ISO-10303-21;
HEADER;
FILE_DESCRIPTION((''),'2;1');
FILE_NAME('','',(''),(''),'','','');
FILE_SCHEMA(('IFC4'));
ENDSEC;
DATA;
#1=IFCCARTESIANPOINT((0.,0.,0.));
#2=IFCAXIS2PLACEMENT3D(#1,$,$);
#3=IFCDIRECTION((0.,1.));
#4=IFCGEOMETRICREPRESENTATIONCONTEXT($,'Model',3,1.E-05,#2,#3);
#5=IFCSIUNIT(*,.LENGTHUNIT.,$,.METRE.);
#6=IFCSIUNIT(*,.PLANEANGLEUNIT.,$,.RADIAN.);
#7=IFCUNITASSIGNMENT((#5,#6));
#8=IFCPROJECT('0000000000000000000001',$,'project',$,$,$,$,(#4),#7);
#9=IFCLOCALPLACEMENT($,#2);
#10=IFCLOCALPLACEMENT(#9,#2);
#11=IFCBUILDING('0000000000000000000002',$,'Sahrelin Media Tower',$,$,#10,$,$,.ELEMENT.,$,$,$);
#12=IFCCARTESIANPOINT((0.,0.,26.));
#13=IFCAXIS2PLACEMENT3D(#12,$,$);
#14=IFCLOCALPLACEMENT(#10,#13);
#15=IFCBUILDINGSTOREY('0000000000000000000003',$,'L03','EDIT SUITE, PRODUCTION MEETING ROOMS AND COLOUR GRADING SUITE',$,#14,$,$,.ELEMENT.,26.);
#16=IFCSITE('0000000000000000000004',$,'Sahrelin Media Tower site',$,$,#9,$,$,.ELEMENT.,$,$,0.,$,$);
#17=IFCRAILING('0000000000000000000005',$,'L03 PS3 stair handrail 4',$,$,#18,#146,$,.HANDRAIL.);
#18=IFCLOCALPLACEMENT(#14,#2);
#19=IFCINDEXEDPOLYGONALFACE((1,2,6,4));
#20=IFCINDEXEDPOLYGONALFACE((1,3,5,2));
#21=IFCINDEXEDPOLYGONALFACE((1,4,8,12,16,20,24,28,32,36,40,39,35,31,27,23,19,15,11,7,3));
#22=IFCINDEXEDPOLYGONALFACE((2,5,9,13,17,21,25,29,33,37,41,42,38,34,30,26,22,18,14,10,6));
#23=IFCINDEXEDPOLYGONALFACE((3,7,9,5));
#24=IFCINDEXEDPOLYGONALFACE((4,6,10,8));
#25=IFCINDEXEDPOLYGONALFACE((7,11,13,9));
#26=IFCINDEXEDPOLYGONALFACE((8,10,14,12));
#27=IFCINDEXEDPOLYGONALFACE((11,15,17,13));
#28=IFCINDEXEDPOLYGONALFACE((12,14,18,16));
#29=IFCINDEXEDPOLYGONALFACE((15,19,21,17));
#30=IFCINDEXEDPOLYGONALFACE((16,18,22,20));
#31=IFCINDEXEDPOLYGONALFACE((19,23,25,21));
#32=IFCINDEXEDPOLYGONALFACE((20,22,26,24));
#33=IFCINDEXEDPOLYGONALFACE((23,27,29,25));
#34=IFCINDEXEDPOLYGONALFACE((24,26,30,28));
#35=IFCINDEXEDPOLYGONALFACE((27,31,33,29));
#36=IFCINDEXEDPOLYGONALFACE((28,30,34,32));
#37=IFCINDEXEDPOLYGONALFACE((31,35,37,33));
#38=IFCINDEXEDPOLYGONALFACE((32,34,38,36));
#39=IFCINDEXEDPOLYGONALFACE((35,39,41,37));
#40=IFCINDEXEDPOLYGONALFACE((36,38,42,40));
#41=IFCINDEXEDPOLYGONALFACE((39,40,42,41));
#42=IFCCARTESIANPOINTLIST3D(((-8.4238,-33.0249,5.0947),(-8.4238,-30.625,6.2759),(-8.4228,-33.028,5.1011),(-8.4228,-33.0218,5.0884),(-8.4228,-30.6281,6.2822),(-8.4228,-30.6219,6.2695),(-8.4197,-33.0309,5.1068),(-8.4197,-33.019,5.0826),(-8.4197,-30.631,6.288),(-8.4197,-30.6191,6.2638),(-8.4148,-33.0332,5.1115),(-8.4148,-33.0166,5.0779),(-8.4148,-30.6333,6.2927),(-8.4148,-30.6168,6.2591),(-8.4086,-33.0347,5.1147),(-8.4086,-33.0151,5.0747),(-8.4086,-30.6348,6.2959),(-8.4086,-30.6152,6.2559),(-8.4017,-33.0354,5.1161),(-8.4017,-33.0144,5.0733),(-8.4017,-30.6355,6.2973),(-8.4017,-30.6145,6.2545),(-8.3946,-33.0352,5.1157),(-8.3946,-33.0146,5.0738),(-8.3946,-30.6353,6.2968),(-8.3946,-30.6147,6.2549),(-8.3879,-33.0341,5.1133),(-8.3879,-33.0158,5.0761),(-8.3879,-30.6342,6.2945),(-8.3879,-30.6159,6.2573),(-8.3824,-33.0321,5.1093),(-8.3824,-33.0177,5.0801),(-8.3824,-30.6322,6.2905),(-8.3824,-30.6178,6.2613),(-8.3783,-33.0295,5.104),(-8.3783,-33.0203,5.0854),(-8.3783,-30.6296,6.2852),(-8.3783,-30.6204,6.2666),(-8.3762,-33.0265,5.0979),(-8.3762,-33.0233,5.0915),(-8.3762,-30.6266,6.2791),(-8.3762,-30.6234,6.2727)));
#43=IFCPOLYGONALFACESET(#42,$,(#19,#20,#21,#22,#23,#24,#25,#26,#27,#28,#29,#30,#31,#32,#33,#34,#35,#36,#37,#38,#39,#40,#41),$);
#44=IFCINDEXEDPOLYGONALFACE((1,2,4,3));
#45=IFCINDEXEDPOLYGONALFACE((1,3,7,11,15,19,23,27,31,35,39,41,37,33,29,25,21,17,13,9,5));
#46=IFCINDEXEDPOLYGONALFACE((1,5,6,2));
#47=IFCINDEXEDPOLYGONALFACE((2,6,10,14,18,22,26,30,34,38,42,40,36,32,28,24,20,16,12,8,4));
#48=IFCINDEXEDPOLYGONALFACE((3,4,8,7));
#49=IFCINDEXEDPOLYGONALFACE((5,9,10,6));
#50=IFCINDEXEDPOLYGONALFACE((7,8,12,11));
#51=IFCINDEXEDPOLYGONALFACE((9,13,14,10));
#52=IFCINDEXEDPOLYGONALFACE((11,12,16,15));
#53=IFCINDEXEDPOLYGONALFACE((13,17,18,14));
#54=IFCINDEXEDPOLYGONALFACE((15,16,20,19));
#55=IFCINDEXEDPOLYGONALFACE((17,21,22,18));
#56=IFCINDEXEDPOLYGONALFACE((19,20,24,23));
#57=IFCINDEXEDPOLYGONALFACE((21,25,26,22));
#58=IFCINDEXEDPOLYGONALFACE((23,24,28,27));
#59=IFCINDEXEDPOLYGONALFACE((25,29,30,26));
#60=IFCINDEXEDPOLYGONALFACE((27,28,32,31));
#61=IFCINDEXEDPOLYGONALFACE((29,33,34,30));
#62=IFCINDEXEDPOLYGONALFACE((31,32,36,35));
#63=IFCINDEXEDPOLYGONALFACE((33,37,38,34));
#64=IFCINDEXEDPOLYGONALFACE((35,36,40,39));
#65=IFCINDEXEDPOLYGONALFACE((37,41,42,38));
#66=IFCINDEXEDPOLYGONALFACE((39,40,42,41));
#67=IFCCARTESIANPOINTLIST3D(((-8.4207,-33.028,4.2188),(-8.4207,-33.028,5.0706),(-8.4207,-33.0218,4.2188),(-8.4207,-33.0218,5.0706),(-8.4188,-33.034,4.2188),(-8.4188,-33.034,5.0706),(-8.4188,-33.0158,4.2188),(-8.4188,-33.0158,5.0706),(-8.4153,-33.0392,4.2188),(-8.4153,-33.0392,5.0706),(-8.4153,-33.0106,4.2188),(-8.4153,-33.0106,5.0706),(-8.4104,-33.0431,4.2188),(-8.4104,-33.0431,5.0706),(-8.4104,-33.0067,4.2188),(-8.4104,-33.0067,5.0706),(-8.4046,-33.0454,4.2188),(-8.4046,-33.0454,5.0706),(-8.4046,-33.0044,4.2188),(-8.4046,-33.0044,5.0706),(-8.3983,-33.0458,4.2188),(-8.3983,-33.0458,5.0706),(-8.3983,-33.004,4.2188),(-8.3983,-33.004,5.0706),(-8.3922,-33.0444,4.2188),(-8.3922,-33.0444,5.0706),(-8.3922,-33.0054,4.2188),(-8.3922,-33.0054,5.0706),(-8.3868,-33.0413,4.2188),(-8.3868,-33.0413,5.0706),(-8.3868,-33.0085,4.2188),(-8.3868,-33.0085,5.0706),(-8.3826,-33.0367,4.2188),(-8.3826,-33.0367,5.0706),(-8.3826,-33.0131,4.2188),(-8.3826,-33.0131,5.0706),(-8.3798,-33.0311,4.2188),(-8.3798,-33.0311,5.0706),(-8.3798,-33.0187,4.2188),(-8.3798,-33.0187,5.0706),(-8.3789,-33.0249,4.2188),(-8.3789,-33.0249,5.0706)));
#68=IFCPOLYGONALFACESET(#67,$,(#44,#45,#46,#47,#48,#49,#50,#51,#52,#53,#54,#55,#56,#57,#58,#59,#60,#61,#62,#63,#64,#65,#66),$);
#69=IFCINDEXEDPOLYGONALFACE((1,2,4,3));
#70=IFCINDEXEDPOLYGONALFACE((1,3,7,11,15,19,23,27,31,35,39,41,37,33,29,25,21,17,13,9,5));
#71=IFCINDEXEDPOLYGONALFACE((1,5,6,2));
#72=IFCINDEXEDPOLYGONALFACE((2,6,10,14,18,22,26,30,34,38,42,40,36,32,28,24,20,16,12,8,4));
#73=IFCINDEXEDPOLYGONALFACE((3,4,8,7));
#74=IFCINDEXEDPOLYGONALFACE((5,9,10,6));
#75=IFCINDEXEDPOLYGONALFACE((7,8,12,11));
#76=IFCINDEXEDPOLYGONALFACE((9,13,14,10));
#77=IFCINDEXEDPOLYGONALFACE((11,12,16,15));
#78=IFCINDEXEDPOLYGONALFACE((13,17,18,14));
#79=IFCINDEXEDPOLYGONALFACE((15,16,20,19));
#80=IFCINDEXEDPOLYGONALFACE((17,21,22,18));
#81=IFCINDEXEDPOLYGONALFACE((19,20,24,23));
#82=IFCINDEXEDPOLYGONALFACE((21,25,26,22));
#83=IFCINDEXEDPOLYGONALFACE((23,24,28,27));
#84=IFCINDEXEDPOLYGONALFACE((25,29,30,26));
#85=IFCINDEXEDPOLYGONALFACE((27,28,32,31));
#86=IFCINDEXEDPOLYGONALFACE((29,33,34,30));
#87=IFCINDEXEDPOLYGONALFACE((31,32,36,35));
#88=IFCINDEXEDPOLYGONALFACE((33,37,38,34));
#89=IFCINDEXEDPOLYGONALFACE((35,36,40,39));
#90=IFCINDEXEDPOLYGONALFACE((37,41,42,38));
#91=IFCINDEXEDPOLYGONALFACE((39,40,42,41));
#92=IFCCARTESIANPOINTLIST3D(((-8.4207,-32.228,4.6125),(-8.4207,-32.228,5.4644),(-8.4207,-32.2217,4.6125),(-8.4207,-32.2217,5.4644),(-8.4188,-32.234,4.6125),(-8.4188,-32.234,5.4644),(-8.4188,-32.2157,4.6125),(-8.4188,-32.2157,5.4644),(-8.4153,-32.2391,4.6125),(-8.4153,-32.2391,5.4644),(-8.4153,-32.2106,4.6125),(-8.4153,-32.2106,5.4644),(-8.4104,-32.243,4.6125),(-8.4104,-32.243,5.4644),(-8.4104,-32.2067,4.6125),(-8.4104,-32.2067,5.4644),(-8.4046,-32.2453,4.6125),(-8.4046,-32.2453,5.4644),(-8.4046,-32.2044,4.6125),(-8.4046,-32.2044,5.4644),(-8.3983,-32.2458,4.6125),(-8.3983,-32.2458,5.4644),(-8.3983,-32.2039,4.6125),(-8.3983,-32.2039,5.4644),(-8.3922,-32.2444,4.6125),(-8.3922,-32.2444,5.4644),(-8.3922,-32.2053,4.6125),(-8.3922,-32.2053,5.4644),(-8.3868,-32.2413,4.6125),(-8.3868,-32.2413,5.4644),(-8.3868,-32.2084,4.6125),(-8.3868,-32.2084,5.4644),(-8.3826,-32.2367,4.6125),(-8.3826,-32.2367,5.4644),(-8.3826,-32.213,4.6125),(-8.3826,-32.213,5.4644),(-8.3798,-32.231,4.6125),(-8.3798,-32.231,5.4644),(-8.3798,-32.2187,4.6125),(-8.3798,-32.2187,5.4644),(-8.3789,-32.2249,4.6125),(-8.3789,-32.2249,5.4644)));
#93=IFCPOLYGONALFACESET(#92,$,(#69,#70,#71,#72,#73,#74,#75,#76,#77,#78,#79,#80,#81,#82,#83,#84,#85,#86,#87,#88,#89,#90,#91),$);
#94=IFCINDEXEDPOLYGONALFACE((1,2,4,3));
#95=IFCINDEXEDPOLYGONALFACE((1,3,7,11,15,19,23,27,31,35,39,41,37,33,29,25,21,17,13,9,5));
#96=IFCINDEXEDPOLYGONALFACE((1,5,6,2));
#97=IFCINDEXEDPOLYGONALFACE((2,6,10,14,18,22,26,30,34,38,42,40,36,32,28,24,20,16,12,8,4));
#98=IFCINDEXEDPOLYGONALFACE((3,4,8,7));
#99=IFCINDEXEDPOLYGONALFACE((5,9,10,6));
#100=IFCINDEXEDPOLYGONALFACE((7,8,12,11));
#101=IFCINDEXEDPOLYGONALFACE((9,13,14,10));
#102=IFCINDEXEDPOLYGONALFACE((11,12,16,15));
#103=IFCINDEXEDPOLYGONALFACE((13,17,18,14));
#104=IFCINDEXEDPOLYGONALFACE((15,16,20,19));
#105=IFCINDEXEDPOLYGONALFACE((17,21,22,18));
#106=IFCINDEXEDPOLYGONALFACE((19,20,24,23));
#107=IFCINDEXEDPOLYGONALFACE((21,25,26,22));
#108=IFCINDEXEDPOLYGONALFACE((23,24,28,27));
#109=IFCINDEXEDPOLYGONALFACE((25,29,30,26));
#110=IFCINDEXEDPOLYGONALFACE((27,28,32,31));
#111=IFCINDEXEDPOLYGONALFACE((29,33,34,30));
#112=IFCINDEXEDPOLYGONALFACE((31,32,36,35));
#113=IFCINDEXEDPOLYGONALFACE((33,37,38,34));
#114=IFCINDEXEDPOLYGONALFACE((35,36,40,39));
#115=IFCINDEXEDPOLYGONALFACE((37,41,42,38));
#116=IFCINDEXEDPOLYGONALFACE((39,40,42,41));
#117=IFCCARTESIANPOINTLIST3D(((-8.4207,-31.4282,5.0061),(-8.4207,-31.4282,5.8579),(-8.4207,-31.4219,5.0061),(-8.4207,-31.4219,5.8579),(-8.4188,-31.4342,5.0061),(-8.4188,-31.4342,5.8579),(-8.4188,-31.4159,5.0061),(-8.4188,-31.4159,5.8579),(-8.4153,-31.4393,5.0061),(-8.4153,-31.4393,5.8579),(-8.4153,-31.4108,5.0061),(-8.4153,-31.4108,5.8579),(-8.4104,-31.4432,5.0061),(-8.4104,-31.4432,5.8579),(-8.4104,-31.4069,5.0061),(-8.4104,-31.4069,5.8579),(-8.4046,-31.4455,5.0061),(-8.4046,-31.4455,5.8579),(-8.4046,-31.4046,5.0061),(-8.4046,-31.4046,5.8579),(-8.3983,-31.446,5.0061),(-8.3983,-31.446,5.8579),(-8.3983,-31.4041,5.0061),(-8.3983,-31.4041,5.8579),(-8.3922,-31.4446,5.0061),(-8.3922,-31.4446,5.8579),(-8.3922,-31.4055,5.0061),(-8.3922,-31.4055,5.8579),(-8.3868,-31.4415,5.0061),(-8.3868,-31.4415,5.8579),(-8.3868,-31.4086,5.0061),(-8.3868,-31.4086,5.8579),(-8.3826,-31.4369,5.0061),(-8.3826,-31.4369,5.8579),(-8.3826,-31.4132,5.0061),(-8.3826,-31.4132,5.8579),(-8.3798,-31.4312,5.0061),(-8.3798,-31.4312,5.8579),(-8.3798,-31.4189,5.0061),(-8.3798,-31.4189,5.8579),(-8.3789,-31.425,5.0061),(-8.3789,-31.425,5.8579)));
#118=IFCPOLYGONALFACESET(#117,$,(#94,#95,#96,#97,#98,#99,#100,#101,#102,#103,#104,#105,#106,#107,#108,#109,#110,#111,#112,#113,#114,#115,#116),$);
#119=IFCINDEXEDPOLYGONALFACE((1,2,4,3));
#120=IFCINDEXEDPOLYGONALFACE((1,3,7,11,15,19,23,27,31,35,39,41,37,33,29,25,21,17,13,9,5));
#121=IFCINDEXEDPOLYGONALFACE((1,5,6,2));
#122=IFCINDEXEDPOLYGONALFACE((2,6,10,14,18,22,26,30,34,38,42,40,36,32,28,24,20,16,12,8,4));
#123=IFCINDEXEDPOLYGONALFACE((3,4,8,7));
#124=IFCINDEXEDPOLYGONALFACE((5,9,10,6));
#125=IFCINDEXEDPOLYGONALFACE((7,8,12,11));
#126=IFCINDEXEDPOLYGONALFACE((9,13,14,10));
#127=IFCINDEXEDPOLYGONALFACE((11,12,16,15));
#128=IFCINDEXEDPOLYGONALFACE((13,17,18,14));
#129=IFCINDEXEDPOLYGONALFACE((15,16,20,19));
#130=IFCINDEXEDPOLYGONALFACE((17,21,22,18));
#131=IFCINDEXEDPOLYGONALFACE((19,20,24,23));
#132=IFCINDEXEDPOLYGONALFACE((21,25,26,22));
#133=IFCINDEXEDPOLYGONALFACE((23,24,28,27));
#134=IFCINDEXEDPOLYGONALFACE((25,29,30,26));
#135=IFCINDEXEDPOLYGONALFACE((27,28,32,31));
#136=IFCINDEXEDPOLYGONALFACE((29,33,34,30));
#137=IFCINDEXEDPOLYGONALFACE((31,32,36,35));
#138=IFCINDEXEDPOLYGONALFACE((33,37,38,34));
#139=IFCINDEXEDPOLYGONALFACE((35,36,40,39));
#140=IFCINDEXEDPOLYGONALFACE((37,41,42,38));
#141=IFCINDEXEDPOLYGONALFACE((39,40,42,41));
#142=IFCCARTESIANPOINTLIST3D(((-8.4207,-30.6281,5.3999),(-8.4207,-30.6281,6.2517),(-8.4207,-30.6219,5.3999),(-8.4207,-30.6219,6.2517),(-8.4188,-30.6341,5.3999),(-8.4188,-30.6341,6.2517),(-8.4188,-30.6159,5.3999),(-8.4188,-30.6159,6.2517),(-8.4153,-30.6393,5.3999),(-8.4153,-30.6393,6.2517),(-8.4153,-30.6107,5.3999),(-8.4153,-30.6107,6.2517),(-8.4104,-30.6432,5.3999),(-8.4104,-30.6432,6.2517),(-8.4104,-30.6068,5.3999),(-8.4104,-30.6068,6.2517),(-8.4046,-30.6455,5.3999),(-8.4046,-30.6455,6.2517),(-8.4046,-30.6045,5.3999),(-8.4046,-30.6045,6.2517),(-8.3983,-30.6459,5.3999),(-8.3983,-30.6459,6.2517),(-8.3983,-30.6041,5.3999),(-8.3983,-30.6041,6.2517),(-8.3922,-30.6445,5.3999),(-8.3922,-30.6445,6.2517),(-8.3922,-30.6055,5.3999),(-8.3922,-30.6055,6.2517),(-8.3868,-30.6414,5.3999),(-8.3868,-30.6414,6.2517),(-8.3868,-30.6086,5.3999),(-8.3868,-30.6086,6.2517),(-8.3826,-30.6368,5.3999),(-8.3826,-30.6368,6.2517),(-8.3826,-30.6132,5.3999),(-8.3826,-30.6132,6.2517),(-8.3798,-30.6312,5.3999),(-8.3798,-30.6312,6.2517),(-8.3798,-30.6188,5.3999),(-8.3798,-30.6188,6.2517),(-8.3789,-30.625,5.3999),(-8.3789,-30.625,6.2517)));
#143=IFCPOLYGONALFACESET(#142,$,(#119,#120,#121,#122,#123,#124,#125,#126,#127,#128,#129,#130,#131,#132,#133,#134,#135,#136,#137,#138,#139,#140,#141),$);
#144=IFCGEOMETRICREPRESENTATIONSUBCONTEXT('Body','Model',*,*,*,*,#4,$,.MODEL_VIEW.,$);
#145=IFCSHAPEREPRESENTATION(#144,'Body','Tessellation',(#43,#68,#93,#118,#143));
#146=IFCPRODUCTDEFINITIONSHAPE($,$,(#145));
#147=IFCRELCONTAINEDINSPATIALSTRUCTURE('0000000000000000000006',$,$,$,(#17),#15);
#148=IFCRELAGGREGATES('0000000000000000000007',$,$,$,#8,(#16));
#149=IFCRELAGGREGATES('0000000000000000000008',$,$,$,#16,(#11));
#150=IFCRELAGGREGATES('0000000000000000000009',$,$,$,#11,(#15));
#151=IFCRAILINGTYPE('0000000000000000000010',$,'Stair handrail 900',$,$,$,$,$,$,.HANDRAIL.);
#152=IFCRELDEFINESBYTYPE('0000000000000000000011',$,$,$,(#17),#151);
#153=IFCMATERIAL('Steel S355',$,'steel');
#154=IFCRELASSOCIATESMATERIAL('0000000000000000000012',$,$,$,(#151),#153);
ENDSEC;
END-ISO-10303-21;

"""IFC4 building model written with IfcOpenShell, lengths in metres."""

from ifc_helpers import new_model, si_unit, direction, frame, origin, origin_2d, place, context, subcontext, project, spatial, circle, extrude, material, type_object, element, save


model = new_model("IFC4")

# Units and contexts
model_context = context("Model", 3, precision=1e-05, world=origin(), true_north=direction((0.0, 1.0)))
body_context = subcontext(model_context, "Body", "Model", "MODEL_VIEW")
ifc_project = project(units=[si_unit("LENGTHUNIT", "METRE"), si_unit("PLANEANGLEUNIT", "RADIAN")], contexts=[model_context])

# Site, building, storey
site_placement = place(None, origin())
site = spatial("IfcSite", under=ifc_project, at=site_placement, Name="Sahrelin Media Tower site", CompositionType="ELEMENT", RefElevation=0.0)
building_placement = place(site_placement, origin())
building = spatial("IfcBuilding", under=site, at=building_placement, Name="Sahrelin Media Tower", CompositionType="ELEMENT")
storey_placement = place(building_placement, frame((0.0, 0.0, 26.0)))
storey = spatial("IfcBuildingStorey", under=building, at=storey_placement, Name="L03", Description="EDIT SUITE, PRODUCTION MEETING ROOMS AND COLOUR GRADING SUITE", CompositionType="ELEMENT", Elevation=26.0)

# Shared definitions
ifc_material_1 = material(Name="Steel S355", Category="steel")

# Railing
railing_type_1 = type_object("IfcRailingType", Name="Stair handrail 900", PredefinedType="HANDRAIL", material=ifc_material_1)
for number, where, name in (
    (1, (-8.3999, -33.0249, 4.2188), "L03 PS3 stair handrail 4"),
):
    element("IfcRailing", number, at=place(storey_placement, frame(where)), inside=storey, type_object=railing_type_1, Name=name, PredefinedType="HANDRAIL", context=body_context, shape_type="SweptSolid", body=[
        extrude(circle(Radius=0.0239, at=origin_2d()), frame((0.0, 0.0, 0.876), z_axis=(0.0, 0.897221, 0.441582), x_axis=(-1.0, 0.0, 0.0)), (0.0, 0.0, 1.0), 2.6748),
        extrude(circle(Radius=0.021, at=origin_2d()), origin(), (0.0, 0.0, 1.0), 0.8518),
        extrude(circle(Radius=0.021, at=origin_2d()), frame((0.0, 0.8, 0.3938)), (0.0, 0.0, 1.0), 0.8518),
        extrude(circle(Radius=0.021, at=origin_2d()), frame((0.0, 1.5999, 0.7874)), (0.0, 0.0, 1.0), 0.8518),
        extrude(circle(Radius=0.021, at=origin_2d()), frame((0.0, 2.3999, 1.1812)), (0.0, 0.0, 1.0), 0.8518),
    ])

save(model, "model.ifc")
